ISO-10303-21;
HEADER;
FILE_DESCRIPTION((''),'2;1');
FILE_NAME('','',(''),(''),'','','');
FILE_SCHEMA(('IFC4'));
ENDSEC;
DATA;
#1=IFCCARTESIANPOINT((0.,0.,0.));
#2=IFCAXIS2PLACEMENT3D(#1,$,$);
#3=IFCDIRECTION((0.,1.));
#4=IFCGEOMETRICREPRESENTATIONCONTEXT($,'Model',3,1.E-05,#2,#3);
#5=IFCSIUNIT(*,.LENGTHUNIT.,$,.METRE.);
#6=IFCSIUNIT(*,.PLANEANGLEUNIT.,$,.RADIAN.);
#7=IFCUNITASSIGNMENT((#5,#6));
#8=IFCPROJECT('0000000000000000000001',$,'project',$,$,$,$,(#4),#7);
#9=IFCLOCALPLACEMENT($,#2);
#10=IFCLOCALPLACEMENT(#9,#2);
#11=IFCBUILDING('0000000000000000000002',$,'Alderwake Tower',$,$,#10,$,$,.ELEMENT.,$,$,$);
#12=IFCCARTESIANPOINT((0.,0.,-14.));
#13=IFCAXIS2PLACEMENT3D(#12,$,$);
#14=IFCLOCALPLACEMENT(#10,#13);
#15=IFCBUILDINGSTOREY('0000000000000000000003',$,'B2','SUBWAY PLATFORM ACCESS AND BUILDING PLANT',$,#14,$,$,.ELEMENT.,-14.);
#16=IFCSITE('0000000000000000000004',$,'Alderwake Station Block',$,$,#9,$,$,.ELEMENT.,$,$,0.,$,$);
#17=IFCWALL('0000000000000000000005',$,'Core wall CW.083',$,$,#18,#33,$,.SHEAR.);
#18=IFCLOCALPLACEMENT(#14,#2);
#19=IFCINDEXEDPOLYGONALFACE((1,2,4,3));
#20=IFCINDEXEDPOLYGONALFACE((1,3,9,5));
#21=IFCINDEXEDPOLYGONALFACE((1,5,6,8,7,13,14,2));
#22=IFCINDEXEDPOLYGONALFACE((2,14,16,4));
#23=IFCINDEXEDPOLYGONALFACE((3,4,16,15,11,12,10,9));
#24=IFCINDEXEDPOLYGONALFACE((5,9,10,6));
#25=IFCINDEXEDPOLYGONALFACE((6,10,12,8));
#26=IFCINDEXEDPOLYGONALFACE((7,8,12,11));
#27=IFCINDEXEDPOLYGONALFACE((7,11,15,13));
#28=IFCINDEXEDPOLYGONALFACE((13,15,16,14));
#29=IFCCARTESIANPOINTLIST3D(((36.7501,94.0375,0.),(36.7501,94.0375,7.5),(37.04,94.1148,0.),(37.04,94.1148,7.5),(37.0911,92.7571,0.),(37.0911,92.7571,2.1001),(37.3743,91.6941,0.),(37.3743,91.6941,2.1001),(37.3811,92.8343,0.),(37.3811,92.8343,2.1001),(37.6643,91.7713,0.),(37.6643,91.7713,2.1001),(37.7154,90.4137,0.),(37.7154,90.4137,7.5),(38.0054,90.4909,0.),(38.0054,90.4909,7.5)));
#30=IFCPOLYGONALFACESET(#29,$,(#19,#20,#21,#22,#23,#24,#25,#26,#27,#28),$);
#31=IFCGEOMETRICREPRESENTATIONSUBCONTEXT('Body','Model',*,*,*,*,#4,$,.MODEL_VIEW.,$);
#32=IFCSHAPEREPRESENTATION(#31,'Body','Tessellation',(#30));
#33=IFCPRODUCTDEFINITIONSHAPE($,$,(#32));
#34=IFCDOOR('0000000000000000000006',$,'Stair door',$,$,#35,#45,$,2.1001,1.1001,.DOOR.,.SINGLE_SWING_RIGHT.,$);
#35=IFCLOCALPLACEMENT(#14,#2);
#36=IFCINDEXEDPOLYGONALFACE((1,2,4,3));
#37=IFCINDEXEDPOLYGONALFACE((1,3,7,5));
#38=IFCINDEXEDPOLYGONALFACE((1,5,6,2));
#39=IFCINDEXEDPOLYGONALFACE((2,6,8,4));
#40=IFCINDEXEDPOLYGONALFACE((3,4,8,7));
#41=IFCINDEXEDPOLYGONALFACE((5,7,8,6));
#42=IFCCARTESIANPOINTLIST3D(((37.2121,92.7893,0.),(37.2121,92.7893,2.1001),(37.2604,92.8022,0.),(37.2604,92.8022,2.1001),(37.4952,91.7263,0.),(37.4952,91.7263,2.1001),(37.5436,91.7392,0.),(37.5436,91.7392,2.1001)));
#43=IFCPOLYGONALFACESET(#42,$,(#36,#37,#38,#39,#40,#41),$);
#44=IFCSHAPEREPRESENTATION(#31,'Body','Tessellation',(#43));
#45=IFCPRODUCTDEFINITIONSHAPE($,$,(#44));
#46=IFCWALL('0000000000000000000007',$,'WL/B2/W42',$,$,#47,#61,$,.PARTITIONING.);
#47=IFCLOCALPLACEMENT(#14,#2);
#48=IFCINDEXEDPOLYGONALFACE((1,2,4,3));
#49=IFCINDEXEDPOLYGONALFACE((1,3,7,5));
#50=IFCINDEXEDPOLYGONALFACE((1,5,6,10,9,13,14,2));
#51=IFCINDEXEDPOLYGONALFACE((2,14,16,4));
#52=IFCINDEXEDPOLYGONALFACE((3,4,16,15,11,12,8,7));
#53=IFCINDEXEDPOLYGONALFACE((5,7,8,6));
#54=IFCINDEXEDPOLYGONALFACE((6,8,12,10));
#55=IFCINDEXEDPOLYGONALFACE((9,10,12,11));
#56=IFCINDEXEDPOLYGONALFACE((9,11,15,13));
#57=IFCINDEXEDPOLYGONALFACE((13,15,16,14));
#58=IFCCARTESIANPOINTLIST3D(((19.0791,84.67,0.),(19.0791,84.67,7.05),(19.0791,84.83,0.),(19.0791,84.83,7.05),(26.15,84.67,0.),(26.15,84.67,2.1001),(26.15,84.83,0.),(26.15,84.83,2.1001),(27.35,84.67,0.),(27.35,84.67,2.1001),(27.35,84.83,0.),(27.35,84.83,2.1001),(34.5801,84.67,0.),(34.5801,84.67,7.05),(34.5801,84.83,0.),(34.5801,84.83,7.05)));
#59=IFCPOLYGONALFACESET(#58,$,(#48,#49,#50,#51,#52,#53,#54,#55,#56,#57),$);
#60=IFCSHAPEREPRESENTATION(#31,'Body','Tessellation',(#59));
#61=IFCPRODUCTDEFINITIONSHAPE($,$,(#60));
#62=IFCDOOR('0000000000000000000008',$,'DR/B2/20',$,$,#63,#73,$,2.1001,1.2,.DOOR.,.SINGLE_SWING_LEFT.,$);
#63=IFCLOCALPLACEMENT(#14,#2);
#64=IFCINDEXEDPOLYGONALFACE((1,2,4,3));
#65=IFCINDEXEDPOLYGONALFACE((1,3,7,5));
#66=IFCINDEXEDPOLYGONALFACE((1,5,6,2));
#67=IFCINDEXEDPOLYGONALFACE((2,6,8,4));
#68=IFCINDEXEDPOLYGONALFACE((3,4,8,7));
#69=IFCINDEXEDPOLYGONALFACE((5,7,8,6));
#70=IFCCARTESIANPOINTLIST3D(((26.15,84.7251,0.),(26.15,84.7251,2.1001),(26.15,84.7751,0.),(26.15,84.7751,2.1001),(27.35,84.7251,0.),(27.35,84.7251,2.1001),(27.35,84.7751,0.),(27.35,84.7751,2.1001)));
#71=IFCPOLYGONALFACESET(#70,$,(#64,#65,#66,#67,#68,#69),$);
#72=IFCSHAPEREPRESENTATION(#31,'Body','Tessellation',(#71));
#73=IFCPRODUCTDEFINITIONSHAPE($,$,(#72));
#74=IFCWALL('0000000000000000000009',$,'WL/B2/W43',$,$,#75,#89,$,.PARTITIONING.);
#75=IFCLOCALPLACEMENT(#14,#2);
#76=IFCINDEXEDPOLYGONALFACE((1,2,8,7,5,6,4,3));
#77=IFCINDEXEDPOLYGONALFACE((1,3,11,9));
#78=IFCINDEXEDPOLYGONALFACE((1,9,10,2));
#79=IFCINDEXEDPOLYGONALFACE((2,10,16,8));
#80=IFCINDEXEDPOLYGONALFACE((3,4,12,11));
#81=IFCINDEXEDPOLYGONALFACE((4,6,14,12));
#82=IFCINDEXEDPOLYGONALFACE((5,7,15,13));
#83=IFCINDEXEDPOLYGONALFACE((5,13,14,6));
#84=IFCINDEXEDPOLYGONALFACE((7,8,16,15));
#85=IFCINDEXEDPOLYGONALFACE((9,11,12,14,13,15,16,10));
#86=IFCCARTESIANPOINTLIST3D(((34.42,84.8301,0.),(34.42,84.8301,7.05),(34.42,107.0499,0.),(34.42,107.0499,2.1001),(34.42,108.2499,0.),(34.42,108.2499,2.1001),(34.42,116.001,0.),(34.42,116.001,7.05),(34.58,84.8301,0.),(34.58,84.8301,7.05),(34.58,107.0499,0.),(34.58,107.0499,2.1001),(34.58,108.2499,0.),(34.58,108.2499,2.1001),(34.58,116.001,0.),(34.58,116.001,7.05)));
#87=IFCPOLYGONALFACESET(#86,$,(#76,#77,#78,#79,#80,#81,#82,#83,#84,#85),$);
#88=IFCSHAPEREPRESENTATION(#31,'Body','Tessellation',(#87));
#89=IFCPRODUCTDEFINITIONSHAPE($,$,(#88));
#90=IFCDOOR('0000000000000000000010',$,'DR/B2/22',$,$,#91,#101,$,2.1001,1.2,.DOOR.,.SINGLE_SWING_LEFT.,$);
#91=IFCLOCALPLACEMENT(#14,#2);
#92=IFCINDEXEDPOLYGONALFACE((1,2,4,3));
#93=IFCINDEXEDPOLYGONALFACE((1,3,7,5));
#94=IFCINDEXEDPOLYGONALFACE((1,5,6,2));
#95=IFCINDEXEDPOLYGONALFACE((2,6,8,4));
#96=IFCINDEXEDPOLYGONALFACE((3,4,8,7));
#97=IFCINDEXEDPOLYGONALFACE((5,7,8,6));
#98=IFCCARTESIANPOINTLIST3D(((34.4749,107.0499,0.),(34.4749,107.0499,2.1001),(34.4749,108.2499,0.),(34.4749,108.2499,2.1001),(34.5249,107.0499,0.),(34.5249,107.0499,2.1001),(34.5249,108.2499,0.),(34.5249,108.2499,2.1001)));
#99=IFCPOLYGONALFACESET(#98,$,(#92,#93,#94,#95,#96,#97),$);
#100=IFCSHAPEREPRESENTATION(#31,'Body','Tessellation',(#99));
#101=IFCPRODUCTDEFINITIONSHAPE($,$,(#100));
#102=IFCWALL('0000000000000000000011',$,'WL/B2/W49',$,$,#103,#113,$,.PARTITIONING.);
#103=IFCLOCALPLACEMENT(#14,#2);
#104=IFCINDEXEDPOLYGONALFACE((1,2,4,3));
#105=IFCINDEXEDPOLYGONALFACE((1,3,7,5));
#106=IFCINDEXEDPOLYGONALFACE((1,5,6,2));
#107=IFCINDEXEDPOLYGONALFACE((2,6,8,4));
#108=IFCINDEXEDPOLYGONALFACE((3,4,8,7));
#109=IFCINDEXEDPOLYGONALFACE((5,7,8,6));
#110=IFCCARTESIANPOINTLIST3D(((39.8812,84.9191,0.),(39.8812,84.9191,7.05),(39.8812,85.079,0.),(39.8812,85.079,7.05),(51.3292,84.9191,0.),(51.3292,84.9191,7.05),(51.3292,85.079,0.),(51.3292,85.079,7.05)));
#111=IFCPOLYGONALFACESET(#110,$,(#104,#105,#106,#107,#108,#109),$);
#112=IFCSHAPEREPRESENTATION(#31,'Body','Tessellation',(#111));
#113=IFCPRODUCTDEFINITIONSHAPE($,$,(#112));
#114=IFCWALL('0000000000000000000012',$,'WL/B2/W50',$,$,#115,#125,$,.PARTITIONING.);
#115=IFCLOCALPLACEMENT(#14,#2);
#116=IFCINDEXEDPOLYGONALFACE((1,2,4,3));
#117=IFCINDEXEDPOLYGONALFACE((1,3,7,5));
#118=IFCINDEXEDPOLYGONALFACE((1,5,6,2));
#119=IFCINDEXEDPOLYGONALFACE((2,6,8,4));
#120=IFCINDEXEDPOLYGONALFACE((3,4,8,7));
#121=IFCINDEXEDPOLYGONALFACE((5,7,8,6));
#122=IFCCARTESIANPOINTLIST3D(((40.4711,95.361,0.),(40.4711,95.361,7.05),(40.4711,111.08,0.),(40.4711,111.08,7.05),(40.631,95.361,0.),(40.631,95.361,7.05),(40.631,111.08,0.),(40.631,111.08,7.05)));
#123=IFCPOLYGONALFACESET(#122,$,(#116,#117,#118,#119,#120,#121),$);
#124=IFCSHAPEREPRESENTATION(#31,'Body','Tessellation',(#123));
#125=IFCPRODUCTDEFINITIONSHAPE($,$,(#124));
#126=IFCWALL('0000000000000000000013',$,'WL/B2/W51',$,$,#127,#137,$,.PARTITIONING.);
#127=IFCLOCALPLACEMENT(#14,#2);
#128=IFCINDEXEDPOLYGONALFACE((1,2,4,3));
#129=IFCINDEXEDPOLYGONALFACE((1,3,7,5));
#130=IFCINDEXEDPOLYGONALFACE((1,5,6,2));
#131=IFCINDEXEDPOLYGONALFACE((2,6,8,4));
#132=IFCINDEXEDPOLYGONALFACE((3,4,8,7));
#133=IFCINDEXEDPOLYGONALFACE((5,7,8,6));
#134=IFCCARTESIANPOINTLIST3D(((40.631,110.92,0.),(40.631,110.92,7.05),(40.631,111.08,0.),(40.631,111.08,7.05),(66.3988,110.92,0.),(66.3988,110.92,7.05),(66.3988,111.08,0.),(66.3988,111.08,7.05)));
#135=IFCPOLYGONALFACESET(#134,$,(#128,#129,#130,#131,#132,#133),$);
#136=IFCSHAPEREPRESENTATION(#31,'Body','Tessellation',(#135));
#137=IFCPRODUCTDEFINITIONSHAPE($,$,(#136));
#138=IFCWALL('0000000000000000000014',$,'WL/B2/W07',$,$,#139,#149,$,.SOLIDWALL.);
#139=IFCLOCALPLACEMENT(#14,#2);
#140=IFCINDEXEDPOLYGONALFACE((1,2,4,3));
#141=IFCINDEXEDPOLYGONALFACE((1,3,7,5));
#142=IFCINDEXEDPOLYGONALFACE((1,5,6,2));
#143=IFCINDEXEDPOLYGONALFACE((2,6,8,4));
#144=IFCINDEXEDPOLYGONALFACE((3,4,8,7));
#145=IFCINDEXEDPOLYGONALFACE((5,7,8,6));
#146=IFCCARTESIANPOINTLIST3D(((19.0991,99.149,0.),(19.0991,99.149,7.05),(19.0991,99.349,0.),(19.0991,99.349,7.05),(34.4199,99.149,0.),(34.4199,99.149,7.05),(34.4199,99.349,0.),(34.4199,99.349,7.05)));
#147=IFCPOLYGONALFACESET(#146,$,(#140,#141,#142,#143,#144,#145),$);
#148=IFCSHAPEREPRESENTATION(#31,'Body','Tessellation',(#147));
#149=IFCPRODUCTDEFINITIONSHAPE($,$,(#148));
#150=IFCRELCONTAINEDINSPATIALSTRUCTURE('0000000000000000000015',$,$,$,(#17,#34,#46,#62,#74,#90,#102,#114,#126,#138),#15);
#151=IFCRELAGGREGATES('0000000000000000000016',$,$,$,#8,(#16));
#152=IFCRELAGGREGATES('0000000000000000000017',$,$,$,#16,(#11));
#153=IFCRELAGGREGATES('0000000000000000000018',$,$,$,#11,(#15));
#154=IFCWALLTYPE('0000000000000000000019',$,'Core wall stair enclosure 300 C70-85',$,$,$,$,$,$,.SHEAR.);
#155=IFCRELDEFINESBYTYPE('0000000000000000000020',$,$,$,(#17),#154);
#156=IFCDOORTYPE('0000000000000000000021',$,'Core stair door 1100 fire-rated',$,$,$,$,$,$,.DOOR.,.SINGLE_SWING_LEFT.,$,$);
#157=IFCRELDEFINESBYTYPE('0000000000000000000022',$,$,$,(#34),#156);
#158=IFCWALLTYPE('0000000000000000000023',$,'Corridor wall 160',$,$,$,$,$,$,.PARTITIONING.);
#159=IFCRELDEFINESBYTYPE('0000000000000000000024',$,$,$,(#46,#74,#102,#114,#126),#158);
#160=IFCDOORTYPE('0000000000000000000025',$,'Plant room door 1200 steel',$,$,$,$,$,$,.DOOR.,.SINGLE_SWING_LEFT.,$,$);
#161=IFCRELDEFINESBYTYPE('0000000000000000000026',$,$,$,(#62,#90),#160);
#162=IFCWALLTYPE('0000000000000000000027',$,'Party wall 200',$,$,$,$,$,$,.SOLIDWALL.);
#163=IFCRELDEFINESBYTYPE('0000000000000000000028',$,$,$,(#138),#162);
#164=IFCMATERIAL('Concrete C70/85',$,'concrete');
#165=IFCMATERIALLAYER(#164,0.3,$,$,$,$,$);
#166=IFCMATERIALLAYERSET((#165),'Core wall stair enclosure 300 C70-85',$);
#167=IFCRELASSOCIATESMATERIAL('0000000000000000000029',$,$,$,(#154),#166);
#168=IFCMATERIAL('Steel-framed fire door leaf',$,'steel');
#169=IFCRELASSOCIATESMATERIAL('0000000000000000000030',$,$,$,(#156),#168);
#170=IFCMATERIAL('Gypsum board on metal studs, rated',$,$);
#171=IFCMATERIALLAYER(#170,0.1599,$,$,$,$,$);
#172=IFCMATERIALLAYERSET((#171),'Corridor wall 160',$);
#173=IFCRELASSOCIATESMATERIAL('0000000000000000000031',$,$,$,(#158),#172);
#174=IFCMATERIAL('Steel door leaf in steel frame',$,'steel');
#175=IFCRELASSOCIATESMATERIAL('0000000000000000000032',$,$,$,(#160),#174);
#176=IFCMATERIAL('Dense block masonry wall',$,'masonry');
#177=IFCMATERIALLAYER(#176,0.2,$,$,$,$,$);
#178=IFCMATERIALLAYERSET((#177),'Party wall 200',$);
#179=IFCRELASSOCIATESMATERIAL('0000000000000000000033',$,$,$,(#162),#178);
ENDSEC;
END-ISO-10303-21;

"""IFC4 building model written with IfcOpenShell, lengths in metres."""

from ifc_helpers import new_model, si_unit, direction, frame, frame_2d, origin, place, context, subcontext, project, spatial, rectangle, extrude, material, layer, layer_set, type_object, element, fill, save


model = new_model("IFC4")

# Units and contexts
model_context = context("Model", 3, precision=1e-05, world=origin(), true_north=direction((0.0, 1.0)))
body_context = subcontext(model_context, "Body", "Model", "MODEL_VIEW")
ifc_project = project(units=[si_unit("LENGTHUNIT", "METRE"), si_unit("PLANEANGLEUNIT", "RADIAN")], contexts=[model_context])

# Site, building, storey
site_placement = place(None, origin())
site = spatial("IfcSite", under=ifc_project, at=site_placement, Name="Alderwake Station Block", CompositionType="ELEMENT", RefElevation=0.0)
building_placement = place(site_placement, origin())
building = spatial("IfcBuilding", under=site, at=building_placement, Name="Alderwake Tower", CompositionType="ELEMENT")
storey_placement = place(building_placement, frame((0.0, 0.0, -14.0)))
storey = spatial("IfcBuildingStorey", under=building, at=storey_placement, Name="B2", Description="SUBWAY PLATFORM ACCESS AND BUILDING PLANT", CompositionType="ELEMENT", Elevation=-14.0)

# Shared definitions
ifc_material_1 = material(Name="Concrete C70/85", Category="concrete")
ifc_layer_1 = layer(ifc_material_1, 0.3)
ifc_layer_set_1 = layer_set([ifc_layer_1], Name="Core wall stair enclosure 300 C70-85")
wall_type_1 = type_object("IfcWallType", Name="Core wall stair enclosure 300 C70-85", PredefinedType="SHEAR", material=ifc_layer_set_1)

# Walls, openings, doors
wall_1_placement = place(storey_placement, frame((37.8604, 90.4524, 0.0), z_axis=(0.0, 0.0, 1.0), x_axis=(-0.257411, 0.966302, 0.0)))
wall_1 = element("IfcWall", 1, at=wall_1_placement, inside=storey, type_object=wall_type_1, Name="Core wall CW.083", PredefinedType="SHEAR", context=body_context, shape_type="SweptSolid", body=[
    extrude(rectangle(XDim=3.7502, YDim=0.3, at=frame_2d((1.875, 0.0))), origin(), (0.0, 0.0, 1.0), 7.5),
])
opening_1_placement = place(wall_1_placement, frame((1.325, 0.0, 0.0)))
opening_1 = element("IfcOpeningElement", 2, at=opening_1_placement, cuts=wall_1, PredefinedType="OPENING", context=body_context, shape_type="SweptSolid", body=[
    extrude(rectangle(XDim=1.1001, YDim=2.1001, at=frame_2d((0.55, 1.05))), frame((0.0, 0.1599, 0.0), z_axis=(0.0, -1.0, 0.0), x_axis=(1.0, 0.0, 0.0)), (0.0, 0.0, 1.0), 0.3201),
])
ifc_material_2 = material(Name="Steel-framed fire door leaf", Category="steel")
door_type_1 = type_object("IfcDoorType", Name="Core stair door 1100 fire-rated", OperationType="SINGLE_SWING_LEFT", PredefinedType="DOOR", material=ifc_material_2)
door_1_placement = place(opening_1_placement, origin())
door_1 = element("IfcDoor", 3, at=door_1_placement, inside=storey, type_object=door_type_1, Name="Stair door", OperationType="SINGLE_SWING_RIGHT", OverallHeight=2.1001, OverallWidth=1.1001, PredefinedType="DOOR", context=body_context, shape_type="SweptSolid", body=[
    extrude(rectangle(XDim=1.1001, YDim=2.1001, at=frame_2d((0.55, 1.05))), frame((0.0, 0.0249, 0.0), z_axis=(0.0, -1.0, 0.0), x_axis=(1.0, 0.0, 0.0)), (0.0, 0.0, 1.0), 0.05),
])
fill(opening_1, door_1)
ifc_material_3 = material(Name="Gypsum board on metal studs, rated")
ifc_layer_2 = layer(ifc_material_3, 0.1599)
ifc_layer_set_2 = layer_set([ifc_layer_2], Name="Corridor wall 160")
wall_type_2 = type_object("IfcWallType", Name="Corridor wall 160", PredefinedType="PARTITIONING", material=ifc_layer_set_2)
wall_2_placement = place(storey_placement, frame((34.5801, 84.75, 0.0), z_axis=(0.0, 0.0, 1.0), x_axis=(-1.0, 0.0, 0.0)))
wall_2 = element("IfcWall", 4, at=wall_2_placement, inside=storey, type_object=wall_type_2, Name="WL/B2/W42", PredefinedType="PARTITIONING", context=body_context, shape_type="SweptSolid", body=[
    extrude(rectangle(XDim=15.501, YDim=0.1599, at=frame_2d((7.7505, 0.0))), origin(), (0.0, 0.0, 1.0), 7.05),
])
opening_2_placement = place(wall_2_placement, frame((7.23, 0.0, 0.0)))
opening_2 = element("IfcOpeningElement", 5, at=opening_2_placement, cuts=wall_2, PredefinedType="OPENING", context=body_context, shape_type="SweptSolid", body=[
    extrude(rectangle(XDim=1.2, YDim=2.1001, at=frame_2d((0.6001, 1.05))), frame((0.0, 0.0898, 0.0), z_axis=(0.0, -1.0, 0.0), x_axis=(1.0, 0.0, 0.0)), (0.0, 0.0, 1.0), 0.1799),
])
ifc_material_4 = material(Name="Steel door leaf in steel frame", Category="steel")
door_type_2 = type_object("IfcDoorType", Name="Plant room door 1200 steel", OperationType="SINGLE_SWING_LEFT", PredefinedType="DOOR", material=ifc_material_4)
door_2_placement = place(opening_2_placement, origin())
door_2 = element("IfcDoor", 6, at=door_2_placement, inside=storey, type_object=door_type_2, Name="DR/B2/20", OperationType="SINGLE_SWING_LEFT", OverallHeight=2.1001, OverallWidth=1.2, PredefinedType="DOOR", context=body_context, shape_type="SweptSolid", body=[
    extrude(rectangle(XDim=1.2, YDim=2.1001, at=frame_2d((0.6001, 1.05))), frame((0.0, 0.0249, 0.0), z_axis=(0.0, -1.0, 0.0), x_axis=(1.0, 0.0, 0.0)), (0.0, 0.0, 1.0), 0.05),
])
fill(opening_2, door_2)
wall_3_placement = place(storey_placement, frame((34.5, 116.001, 0.0), z_axis=(0.0, 0.0, 1.0), x_axis=(0.0, -1.0, 0.0)))
wall_3 = element("IfcWall", 7, at=wall_3_placement, inside=storey, type_object=wall_type_2, Name="WL/B2/W43", PredefinedType="PARTITIONING", context=body_context, shape_type="SweptSolid", body=[
    extrude(rectangle(XDim=31.1709, YDim=0.1599, at=frame_2d((15.5854, 0.0))), origin(), (0.0, 0.0, 1.0), 7.05),
])
opening_3_placement = place(wall_3_placement, frame((7.751, 0.0, 0.0)))
opening_3 = element("IfcOpeningElement", 8, at=opening_3_placement, cuts=wall_3, PredefinedType="OPENING", context=body_context, shape_type="SweptSolid", body=[
    extrude(rectangle(XDim=1.2, YDim=2.1001, at=frame_2d((0.6001, 1.05))), frame((0.0, 0.0898, 0.0), z_axis=(0.0, -1.0, 0.0), x_axis=(1.0, 0.0, 0.0)), (0.0, 0.0, 1.0), 0.1799),
])
door_3_placement = place(opening_3_placement, origin())
door_3 = element("IfcDoor", 9, at=door_3_placement, inside=storey, type_object=door_type_2, Name="DR/B2/22", OperationType="SINGLE_SWING_LEFT", OverallHeight=2.1001, OverallWidth=1.2, PredefinedType="DOOR", context=body_context, shape_type="SweptSolid", body=[
    extrude(rectangle(XDim=1.2, YDim=2.1001, at=frame_2d((0.6001, 1.05))), frame((0.0, 0.0249, 0.0), z_axis=(0.0, -1.0, 0.0), x_axis=(1.0, 0.0, 0.0)), (0.0, 0.0, 1.0), 0.05),
])
fill(opening_3, door_3)

# Walls
wall_4_placement = place(storey_placement, frame((39.8811, 84.999, 0.0), z_axis=(0.0, 0.0, 1.0), x_axis=(1.0, 0.0, 0.0)))
element("IfcWall", 10, at=wall_4_placement, inside=storey, type_object=wall_type_2, Name="WL/B2/W49", PredefinedType="PARTITIONING", context=body_context, shape_type="SweptSolid", body=[
    extrude(rectangle(XDim=11.448, YDim=0.1599, at=frame_2d((5.7241, 0.0))), origin(), (0.0, 0.0, 1.0), 7.05),
])
wall_5_placement = place(storey_placement, frame((40.551, 95.3611, 0.0), z_axis=(0.0, 0.0, 1.0), x_axis=(0.0, 1.0, 0.0)))
element("IfcWall", 11, at=wall_5_placement, inside=storey, type_object=wall_type_2, Name="WL/B2/W50", PredefinedType="PARTITIONING", context=body_context, shape_type="SweptSolid", body=[
    extrude(rectangle(XDim=15.719, YDim=0.1599, at=frame_2d((7.8594, 0.0))), origin(), (0.0, 0.0, 1.0), 7.05),
])
wall_6_placement = place(storey_placement, frame((40.6311, 111.0, 0.0), z_axis=(0.0, 0.0, 1.0), x_axis=(1.0, 0.0, 0.0)))
element("IfcWall", 12, at=wall_6_placement, inside=storey, type_object=wall_type_2, Name="WL/B2/W51", PredefinedType="PARTITIONING", context=body_context, shape_type="SweptSolid", body=[
    extrude(rectangle(XDim=25.7678, YDim=0.1599, at=frame_2d((12.8838, 0.0))), origin(), (0.0, 0.0, 1.0), 7.05),
])
ifc_material_5 = material(Name="Dense block masonry wall", Category="masonry")
ifc_layer_3 = layer(ifc_material_5, 0.2)
ifc_layer_set_3 = layer_set([ifc_layer_3], Name="Party wall 200")
wall_type_3 = type_object("IfcWallType", Name="Party wall 200", PredefinedType="SOLIDWALL", material=ifc_layer_set_3)
wall_7_placement = place(storey_placement, frame((34.4199, 99.249, 0.0), z_axis=(0.0, 0.0, 1.0), x_axis=(-1.0, 0.0, 0.0)))
element("IfcWall", 13, at=wall_7_placement, inside=storey, type_object=wall_type_3, Name="WL/B2/W07", PredefinedType="SOLIDWALL", context=body_context, shape_type="SweptSolid", body=[
    extrude(rectangle(XDim=15.3208, YDim=0.2, at=frame_2d((7.6604, 0.0))), origin(), (0.0, 0.0, 1.0), 7.05),
])

save(model, "model.ifc")
